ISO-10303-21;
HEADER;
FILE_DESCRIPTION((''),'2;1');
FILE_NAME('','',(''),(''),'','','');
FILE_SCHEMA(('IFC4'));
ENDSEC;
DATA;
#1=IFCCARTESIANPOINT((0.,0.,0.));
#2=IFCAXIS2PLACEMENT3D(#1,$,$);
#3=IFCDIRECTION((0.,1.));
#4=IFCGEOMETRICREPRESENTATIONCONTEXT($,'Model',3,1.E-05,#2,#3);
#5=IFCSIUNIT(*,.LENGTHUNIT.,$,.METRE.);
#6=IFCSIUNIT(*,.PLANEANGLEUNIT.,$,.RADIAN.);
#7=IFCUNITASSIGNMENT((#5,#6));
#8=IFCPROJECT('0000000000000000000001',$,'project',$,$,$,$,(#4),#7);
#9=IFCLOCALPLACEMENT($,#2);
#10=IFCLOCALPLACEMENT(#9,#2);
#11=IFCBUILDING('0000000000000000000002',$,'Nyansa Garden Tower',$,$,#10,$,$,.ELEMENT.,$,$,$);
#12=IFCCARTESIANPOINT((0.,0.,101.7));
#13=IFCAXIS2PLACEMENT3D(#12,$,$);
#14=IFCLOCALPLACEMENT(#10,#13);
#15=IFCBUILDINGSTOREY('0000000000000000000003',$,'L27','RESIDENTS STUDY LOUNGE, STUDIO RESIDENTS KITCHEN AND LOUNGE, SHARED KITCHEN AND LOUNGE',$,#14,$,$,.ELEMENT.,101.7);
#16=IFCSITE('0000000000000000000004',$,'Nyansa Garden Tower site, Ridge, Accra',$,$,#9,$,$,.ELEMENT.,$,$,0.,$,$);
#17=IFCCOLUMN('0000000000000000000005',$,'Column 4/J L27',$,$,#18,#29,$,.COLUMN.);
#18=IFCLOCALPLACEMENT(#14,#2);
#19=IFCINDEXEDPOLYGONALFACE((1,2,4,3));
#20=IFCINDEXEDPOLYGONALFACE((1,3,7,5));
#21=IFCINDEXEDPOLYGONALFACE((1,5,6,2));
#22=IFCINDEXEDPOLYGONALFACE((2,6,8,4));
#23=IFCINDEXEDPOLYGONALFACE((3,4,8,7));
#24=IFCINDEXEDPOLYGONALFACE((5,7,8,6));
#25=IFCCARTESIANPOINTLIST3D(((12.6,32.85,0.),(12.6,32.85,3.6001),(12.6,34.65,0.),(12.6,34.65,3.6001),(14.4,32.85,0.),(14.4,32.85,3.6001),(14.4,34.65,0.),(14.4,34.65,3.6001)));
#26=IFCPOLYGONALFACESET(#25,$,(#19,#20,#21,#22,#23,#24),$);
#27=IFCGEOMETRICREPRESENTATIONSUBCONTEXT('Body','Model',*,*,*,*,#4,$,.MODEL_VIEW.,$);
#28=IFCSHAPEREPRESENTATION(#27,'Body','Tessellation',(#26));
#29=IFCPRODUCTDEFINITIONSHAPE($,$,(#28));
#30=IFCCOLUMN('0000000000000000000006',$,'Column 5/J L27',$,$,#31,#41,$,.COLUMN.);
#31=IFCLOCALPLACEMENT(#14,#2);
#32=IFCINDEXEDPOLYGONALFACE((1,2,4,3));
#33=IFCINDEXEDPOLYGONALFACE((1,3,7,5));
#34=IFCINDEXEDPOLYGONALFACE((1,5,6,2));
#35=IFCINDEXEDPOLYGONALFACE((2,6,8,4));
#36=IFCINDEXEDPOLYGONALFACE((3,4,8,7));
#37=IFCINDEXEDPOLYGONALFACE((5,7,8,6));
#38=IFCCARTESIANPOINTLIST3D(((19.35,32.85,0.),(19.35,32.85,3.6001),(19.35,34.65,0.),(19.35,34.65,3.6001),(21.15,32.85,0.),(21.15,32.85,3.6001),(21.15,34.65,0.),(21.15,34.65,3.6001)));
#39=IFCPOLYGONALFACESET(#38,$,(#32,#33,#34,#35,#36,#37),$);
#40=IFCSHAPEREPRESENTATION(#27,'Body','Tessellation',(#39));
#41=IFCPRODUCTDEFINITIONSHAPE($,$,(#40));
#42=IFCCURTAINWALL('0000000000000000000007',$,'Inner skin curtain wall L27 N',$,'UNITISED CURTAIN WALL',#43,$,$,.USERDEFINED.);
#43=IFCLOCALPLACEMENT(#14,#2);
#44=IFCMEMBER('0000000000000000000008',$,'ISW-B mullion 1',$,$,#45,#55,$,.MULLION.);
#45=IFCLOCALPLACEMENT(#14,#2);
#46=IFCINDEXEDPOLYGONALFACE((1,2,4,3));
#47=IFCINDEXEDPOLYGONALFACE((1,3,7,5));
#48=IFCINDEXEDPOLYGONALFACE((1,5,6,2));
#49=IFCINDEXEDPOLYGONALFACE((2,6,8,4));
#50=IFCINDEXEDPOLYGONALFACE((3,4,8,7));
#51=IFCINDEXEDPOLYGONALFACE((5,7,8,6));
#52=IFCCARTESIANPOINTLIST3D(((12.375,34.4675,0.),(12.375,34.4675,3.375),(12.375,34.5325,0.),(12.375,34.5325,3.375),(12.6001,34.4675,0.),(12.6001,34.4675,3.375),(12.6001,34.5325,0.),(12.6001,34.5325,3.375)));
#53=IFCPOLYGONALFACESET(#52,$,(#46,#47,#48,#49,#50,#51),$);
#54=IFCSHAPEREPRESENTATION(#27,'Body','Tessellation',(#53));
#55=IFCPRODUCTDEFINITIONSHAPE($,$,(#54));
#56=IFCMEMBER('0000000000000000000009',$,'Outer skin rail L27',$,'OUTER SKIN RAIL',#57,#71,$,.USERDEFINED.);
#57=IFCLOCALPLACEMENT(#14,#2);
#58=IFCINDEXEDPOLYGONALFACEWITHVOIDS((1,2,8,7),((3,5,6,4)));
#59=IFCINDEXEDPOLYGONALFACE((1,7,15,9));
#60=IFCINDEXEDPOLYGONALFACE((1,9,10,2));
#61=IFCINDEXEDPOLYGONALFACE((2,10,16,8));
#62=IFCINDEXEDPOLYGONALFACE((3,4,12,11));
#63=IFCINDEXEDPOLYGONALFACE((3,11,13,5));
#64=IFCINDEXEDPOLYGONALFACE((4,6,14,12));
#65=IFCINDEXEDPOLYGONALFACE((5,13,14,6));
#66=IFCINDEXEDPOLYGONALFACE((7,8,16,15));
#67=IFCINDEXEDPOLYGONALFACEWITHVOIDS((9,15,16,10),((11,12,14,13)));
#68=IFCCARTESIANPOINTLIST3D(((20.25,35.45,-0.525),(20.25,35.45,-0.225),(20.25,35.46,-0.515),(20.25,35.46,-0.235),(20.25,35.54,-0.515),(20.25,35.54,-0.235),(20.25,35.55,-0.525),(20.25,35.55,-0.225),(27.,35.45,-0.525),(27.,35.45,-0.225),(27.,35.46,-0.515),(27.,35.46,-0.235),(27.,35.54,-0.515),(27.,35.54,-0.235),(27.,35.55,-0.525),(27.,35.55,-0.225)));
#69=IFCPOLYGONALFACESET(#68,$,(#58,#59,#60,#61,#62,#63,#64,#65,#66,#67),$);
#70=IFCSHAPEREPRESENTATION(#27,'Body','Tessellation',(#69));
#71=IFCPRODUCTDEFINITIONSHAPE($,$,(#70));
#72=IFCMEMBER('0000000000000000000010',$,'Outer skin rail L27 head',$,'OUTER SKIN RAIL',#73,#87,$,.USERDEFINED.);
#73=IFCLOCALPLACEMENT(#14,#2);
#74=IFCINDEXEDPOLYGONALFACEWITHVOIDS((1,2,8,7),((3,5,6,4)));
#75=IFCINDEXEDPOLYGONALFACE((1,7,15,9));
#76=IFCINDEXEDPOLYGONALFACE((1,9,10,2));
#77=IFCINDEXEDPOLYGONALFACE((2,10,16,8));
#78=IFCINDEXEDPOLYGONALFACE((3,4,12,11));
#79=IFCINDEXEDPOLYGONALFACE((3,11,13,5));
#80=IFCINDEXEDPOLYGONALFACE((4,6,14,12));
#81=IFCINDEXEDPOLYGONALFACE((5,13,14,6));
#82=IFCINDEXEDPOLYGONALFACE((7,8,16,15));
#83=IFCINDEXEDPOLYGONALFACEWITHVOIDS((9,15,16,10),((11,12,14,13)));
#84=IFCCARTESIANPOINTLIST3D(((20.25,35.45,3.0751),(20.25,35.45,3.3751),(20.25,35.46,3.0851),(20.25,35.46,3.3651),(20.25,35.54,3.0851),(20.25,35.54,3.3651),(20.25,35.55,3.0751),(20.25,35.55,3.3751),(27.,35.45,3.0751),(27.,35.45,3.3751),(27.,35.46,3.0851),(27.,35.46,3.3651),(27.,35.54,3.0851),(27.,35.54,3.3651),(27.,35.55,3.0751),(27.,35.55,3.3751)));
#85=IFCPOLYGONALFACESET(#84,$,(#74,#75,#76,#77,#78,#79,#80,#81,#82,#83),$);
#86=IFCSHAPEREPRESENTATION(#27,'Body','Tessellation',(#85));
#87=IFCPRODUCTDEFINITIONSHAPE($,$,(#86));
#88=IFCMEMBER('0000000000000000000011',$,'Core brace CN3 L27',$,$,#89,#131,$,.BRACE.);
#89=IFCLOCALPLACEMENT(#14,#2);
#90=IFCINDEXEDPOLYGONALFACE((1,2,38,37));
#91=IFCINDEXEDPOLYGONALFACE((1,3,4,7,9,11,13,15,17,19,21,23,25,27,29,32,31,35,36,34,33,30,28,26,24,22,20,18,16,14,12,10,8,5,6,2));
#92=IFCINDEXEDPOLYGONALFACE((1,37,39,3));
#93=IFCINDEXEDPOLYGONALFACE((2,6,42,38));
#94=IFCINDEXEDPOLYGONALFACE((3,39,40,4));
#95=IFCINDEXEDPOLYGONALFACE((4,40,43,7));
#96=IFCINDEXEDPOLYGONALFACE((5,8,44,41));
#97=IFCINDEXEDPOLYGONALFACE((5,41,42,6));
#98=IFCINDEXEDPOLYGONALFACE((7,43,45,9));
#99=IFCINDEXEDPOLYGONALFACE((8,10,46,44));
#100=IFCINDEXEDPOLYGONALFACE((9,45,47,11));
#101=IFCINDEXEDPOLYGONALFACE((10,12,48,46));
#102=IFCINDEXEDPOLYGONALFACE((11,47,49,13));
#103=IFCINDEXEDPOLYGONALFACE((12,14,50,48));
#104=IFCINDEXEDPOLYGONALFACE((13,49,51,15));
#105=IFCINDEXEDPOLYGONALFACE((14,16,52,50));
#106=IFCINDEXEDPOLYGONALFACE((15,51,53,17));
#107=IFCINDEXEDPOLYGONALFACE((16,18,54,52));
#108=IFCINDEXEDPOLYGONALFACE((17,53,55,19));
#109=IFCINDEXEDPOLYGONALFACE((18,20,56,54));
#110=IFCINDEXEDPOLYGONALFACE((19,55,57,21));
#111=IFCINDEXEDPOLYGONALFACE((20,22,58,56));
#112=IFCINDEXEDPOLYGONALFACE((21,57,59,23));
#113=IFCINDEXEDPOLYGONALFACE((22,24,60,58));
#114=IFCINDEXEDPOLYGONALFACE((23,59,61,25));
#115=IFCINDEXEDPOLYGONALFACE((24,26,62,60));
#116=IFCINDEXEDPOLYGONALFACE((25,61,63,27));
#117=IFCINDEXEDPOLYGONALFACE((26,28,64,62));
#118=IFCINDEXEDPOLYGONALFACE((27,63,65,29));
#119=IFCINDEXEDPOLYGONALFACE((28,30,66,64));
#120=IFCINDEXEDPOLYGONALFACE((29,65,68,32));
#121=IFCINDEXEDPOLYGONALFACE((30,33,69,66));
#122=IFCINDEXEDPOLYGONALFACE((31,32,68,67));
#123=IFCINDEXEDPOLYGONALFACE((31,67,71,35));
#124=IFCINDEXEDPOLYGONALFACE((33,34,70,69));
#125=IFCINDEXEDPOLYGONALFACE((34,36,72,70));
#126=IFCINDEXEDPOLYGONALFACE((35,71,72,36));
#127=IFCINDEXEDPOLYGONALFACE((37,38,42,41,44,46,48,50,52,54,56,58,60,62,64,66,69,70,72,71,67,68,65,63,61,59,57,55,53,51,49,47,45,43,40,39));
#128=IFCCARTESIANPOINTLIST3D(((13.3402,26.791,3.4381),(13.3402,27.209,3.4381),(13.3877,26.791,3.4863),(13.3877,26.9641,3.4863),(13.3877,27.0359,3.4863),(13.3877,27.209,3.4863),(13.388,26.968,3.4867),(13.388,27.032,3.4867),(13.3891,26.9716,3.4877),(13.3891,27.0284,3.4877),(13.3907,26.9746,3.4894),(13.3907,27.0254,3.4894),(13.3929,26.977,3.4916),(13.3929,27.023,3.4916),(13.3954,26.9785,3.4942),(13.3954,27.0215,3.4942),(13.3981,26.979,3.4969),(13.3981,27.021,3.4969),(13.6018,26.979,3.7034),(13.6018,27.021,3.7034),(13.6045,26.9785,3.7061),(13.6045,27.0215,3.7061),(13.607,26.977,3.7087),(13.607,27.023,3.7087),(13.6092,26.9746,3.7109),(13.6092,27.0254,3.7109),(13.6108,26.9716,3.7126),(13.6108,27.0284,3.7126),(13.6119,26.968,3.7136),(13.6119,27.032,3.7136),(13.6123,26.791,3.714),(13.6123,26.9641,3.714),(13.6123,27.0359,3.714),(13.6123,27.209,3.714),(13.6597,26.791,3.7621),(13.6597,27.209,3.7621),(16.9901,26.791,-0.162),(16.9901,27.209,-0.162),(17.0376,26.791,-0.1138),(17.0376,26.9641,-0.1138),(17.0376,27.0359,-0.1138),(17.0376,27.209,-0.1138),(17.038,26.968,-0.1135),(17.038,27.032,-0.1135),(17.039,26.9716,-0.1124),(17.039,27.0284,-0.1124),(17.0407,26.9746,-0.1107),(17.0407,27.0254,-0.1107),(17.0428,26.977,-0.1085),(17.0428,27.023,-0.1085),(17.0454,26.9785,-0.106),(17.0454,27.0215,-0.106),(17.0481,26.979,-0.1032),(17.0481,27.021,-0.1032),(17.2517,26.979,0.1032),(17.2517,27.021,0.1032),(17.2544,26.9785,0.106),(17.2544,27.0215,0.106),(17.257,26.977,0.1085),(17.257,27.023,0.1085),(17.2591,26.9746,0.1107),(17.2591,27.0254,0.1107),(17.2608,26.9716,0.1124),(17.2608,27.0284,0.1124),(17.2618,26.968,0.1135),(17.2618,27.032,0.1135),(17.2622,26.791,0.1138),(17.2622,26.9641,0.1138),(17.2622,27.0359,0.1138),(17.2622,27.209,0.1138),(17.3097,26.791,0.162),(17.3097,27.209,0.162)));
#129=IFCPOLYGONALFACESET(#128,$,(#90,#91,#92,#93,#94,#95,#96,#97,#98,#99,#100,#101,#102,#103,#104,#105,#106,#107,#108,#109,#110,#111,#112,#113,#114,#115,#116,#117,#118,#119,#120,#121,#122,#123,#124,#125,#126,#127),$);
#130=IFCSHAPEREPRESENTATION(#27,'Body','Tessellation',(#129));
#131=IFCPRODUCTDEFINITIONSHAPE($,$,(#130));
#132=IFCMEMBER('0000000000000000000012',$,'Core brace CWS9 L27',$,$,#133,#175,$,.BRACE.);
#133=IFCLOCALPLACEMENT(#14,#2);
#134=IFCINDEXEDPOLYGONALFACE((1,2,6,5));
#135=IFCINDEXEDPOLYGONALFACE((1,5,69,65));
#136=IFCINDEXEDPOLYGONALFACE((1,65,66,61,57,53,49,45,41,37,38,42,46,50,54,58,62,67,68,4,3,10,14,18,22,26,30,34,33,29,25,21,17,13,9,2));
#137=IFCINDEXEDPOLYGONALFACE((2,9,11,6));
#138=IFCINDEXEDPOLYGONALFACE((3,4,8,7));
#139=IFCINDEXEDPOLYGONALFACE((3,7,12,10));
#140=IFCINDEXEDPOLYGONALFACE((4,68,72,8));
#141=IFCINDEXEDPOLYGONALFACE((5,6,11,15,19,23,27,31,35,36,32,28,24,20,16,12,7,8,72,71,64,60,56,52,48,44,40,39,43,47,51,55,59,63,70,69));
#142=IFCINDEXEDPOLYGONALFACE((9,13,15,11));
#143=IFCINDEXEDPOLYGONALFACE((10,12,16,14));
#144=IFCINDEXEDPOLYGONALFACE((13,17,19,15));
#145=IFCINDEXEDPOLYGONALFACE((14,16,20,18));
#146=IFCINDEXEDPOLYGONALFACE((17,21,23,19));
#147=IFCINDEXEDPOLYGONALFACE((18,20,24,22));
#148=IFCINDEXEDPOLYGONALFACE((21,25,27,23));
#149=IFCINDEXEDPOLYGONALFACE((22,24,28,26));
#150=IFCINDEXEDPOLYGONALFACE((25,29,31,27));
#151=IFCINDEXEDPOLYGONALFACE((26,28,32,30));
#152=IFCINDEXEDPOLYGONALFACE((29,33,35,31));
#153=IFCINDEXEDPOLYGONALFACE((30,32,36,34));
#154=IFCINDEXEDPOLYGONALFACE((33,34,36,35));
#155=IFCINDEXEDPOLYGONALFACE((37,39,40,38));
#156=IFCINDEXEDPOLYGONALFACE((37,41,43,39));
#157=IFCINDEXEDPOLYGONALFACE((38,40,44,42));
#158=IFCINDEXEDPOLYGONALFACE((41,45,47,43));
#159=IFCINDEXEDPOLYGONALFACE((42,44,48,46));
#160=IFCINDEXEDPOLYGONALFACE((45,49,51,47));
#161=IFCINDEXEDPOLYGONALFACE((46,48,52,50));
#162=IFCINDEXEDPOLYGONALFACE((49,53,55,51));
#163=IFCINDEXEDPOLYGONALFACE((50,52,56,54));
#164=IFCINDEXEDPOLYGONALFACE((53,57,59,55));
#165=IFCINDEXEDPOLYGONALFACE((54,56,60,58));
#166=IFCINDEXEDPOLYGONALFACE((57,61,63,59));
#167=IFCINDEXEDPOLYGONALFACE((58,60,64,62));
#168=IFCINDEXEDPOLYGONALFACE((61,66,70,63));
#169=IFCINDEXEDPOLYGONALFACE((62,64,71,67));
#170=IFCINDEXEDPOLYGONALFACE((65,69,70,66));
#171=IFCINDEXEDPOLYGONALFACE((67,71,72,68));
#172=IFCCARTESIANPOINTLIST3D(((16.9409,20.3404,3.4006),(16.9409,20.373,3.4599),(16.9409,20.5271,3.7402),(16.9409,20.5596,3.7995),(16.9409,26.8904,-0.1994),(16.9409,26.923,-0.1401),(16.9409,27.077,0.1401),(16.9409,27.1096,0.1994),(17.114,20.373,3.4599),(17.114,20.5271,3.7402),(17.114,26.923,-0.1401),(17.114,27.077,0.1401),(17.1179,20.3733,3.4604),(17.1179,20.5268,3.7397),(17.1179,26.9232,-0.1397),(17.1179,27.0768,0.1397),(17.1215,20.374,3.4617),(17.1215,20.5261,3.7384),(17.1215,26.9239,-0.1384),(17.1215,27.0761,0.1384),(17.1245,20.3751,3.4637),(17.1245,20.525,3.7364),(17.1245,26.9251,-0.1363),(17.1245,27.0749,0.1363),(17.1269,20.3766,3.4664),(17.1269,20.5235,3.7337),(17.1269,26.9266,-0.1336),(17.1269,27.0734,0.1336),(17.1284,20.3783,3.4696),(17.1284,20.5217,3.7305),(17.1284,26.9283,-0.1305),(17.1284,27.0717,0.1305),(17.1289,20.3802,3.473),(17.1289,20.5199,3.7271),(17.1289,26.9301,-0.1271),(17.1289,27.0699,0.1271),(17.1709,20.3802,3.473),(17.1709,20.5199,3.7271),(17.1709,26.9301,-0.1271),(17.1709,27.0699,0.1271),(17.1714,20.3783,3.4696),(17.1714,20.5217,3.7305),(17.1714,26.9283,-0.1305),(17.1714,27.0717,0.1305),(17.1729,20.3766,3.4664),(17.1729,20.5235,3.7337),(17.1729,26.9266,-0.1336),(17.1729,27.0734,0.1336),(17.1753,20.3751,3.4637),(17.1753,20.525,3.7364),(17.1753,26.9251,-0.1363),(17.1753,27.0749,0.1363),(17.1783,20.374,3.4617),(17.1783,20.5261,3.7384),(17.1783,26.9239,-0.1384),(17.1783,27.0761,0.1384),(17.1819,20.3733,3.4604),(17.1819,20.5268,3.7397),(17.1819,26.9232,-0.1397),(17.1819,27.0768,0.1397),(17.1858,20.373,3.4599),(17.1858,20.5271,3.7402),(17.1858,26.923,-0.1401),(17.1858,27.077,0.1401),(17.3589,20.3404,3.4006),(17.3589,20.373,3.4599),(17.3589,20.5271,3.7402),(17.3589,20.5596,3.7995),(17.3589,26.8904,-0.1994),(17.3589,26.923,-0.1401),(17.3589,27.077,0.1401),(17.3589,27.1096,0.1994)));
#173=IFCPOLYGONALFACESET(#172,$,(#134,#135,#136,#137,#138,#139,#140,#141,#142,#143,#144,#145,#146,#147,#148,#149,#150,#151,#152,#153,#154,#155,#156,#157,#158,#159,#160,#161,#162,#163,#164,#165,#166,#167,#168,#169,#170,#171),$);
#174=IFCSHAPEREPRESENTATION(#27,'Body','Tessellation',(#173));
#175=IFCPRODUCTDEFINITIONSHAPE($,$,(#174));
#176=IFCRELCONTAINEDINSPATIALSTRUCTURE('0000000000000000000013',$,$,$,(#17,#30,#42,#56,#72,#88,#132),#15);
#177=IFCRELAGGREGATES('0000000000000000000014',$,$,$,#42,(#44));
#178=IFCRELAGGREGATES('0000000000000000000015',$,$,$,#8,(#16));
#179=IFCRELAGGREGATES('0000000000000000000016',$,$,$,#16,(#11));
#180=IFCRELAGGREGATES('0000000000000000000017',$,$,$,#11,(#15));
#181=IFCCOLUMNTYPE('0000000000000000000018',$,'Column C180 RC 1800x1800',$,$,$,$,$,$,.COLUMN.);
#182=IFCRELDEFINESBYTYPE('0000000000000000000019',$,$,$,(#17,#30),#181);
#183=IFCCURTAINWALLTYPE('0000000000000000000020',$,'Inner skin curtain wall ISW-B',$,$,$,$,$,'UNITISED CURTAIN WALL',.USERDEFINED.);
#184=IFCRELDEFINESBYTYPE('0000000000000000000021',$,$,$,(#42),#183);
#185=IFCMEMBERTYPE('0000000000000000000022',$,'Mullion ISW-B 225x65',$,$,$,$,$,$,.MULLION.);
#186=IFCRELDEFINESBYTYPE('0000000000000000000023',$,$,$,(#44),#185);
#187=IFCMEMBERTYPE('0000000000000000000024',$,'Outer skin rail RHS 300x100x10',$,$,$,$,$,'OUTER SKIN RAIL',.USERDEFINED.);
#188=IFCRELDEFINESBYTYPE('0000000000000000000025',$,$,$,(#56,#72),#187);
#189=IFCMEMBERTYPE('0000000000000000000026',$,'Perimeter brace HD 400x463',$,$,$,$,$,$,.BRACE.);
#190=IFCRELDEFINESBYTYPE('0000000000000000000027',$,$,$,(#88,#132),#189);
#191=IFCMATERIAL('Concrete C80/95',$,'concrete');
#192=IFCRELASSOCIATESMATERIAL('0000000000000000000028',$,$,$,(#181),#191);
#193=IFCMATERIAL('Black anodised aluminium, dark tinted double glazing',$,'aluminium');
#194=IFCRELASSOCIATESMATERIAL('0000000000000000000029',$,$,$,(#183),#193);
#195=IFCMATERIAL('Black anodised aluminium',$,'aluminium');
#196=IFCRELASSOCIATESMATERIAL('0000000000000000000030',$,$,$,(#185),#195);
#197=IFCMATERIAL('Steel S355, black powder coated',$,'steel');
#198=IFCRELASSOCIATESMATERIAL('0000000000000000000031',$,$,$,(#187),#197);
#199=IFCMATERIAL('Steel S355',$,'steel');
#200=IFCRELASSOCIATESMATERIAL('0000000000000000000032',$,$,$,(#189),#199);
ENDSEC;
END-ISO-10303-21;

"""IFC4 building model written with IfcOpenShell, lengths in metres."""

from ifc_helpers import new_model, si_unit, direction, frame, origin, origin_2d, place, context, subcontext, project, spatial, rectangle, hollow_rectangle, i_section, extrude, material, material_profile, profile_set, type_object, element, aggregate, save


model = new_model("IFC4")

# Units and contexts
model_context = context("Model", 3, precision=1e-05, world=origin(), true_north=direction((0.0, 1.0)))
body_context = subcontext(model_context, "Body", "Model", "MODEL_VIEW")
ifc_project = project(units=[si_unit("LENGTHUNIT", "METRE"), si_unit("PLANEANGLEUNIT", "RADIAN")], contexts=[model_context])

# Site, building, storey
site_placement = place(None, origin())
site = spatial("IfcSite", under=ifc_project, at=site_placement, Name="Nyansa Garden Tower site, Ridge, Accra", CompositionType="ELEMENT", RefElevation=0.0)
building_placement = place(site_placement, origin())
building = spatial("IfcBuilding", under=site, at=building_placement, Name="Nyansa Garden Tower", CompositionType="ELEMENT")
storey_placement = place(building_placement, frame((0.0, 0.0, 101.7)))
storey = spatial("IfcBuildingStorey", under=building, at=storey_placement, Name="L27", Description="RESIDENTS STUDY LOUNGE, STUDIO RESIDENTS KITCHEN AND LOUNGE, SHARED KITCHEN AND LOUNGE", CompositionType="ELEMENT", Elevation=101.7)

# Columns
ifc_material_1 = material(Name="Concrete C80/95", Category="concrete")
ifc_material_profile_1 = material_profile(ifc_material_1, rectangle(XDim=1.8, YDim=1.8, at=origin_2d()), Name="RC 1800x1800")
ifc_profile_set_1 = profile_set([ifc_material_profile_1], Name="Concrete C80/95")
column_type = type_object("IfcColumnType", Name="Column C180 RC 1800x1800", PredefinedType="COLUMN", material=ifc_profile_set_1)
for number, where, z_axis, x_axis, name in (
    (1, (13.5, 33.75, 0.0), (0.0, 0.0, 1.0), (1.0, 0.0, 0.0), "Column 4/J L27"),
    (2, (20.25, 33.75, 0.0), (0.0, 0.0, 1.0), (1.0, 0.0, 0.0), "Column 5/J L27"),
):
    element("IfcColumn", number, at=place(storey_placement, frame(where, z_axis=z_axis, x_axis=x_axis)), inside=storey, type_object=column_type, Name=name, PredefinedType="COLUMN", context=body_context, shape_type="SweptSolid", body=[
        extrude(rectangle(XDim=1.8, YDim=1.8, at=origin_2d()), origin(), (0.0, 0.0, 1.0), 3.6001),
    ])

# Curtain wall, member
ifc_material_2 = material(Name="Black anodised aluminium, dark tinted double glazing", Category="aluminium")
curtain_wall_type = type_object("IfcCurtainWallType", Name="Inner skin curtain wall ISW-B", ElementType="UNITISED CURTAIN WALL", PredefinedType="USERDEFINED", material=ifc_material_2)
curtain_wall_placement = place(storey_placement, origin())
curtain_wall = element("IfcCurtainWall", 3, at=curtain_wall_placement, inside=storey, type_object=curtain_wall_type, Name="Inner skin curtain wall L27 N", ObjectType="UNITISED CURTAIN WALL", PredefinedType="USERDEFINED")
ifc_material_3 = material(Name="Black anodised aluminium", Category="aluminium")
ifc_material_profile_2 = material_profile(ifc_material_3, rectangle(XDim=0.0649, YDim=0.2251, at=origin_2d()), Name="Mullion 225x65")
ifc_profile_set_2 = profile_set([ifc_material_profile_2], Name="Black anodised aluminium")
member_type_1 = type_object("IfcMemberType", Name="Mullion ISW-B 225x65", PredefinedType="MULLION", material=ifc_profile_set_2)
member_1_placement = place(storey_placement, frame((12.4875, 34.5, 0.0), z_axis=(0.0, 0.0, 1.0), x_axis=(0.0, -1.0, 0.0)))
member_1 = element("IfcMember", 4, at=member_1_placement, type_object=member_type_1, Name="ISW-B mullion 1", PredefinedType="MULLION", context=body_context, shape_type="SweptSolid", body=[
    extrude(rectangle(XDim=0.0649, YDim=0.2251, at=origin_2d()), origin(), (0.0, 0.0, 1.0), 3.375),
])

# Members
ifc_material_4 = material(Name="Steel S355, black powder coated", Category="steel")
ifc_material_profile_3 = material_profile(ifc_material_4, hollow_rectangle(XDim=0.1001, YDim=0.3, WallThickness=0.01, at=origin_2d()), Name="RHS 300x100x10")
ifc_profile_set_3 = profile_set([ifc_material_profile_3], Name="Steel S355, black powder coated")
member_type_2 = type_object("IfcMemberType", Name="Outer skin rail RHS 300x100x10", ElementType="OUTER SKIN RAIL", PredefinedType="USERDEFINED", material=ifc_profile_set_3)
for number, where, z_axis, x_axis, name in (
    (5, (20.25, 35.5, -0.375), (1.0, 0.0, 0.0), (0.0, 1.0, 0.0), "Outer skin rail L27"),
    (6, (20.25, 35.5, 3.2251), (1.0, 0.0, 0.0), (0.0, 1.0, 0.0), "Outer skin rail L27 head"),
):
    element("IfcMember", number, at=place(storey_placement, frame(where, z_axis=z_axis, x_axis=x_axis)), inside=storey, type_object=member_type_2, Name=name, ObjectType="OUTER SKIN RAIL", PredefinedType="USERDEFINED", context=body_context, shape_type="SweptSolid", body=[
        extrude(hollow_rectangle(XDim=0.1001, YDim=0.3, WallThickness=0.01, at=origin_2d()), origin(), (0.0, 0.0, 1.0), 6.75),
    ])
ifc_material_5 = material(Name="Steel S355", Category="steel")
ifc_material_profile_4 = material_profile(ifc_material_5, i_section(OverallWidth=0.418, OverallDepth=0.4551, WebThickness=0.042, FlangeThickness=0.0676, FilletRadius=0.0149, at=origin_2d()), Name="HD 400x463")
ifc_profile_set_4 = profile_set([ifc_material_profile_4], Name="Steel S355")
member_type_3 = type_object("IfcMemberType", Name="Perimeter brace HD 400x463", PredefinedType="BRACE", material=ifc_profile_set_4)
member_2_placement = place(storey_placement, frame((17.1499, 27.0, 0.0), z_axis=(-0.711948, 0.0, 0.702233), x_axis=(0.0, -1.0, 0.0)))
element("IfcMember", 7, at=member_2_placement, inside=storey, type_object=member_type_3, Name="Core brace CN3 L27", PredefinedType="BRACE", context=body_context, shape_type="SweptSolid", body=[
    extrude(i_section(OverallWidth=0.418, OverallDepth=0.4551, WebThickness=0.042, FlangeThickness=0.0676, FilletRadius=0.0149, at=origin_2d()), origin(), (0.0, 0.0, 1.0), 5.1267),
])
member_3_placement = place(storey_placement, frame((17.1499, 27.0, 0.0), z_axis=(0.0, -0.876353, 0.481669), x_axis=(1.0, 0.0, 0.0)))
element("IfcMember", 8, at=member_3_placement, inside=storey, type_object=member_type_3, Name="Core brace CWS9 L27", PredefinedType="BRACE", context=body_context, shape_type="SweptSolid", body=[
    extrude(i_section(OverallWidth=0.418, OverallDepth=0.4551, WebThickness=0.042, FlangeThickness=0.0676, FilletRadius=0.0149, at=origin_2d()), origin(), (0.0, 0.0, 1.0), 7.4741),
])

aggregate(curtain_wall, [member_1])

save(model, "model.ifc")
